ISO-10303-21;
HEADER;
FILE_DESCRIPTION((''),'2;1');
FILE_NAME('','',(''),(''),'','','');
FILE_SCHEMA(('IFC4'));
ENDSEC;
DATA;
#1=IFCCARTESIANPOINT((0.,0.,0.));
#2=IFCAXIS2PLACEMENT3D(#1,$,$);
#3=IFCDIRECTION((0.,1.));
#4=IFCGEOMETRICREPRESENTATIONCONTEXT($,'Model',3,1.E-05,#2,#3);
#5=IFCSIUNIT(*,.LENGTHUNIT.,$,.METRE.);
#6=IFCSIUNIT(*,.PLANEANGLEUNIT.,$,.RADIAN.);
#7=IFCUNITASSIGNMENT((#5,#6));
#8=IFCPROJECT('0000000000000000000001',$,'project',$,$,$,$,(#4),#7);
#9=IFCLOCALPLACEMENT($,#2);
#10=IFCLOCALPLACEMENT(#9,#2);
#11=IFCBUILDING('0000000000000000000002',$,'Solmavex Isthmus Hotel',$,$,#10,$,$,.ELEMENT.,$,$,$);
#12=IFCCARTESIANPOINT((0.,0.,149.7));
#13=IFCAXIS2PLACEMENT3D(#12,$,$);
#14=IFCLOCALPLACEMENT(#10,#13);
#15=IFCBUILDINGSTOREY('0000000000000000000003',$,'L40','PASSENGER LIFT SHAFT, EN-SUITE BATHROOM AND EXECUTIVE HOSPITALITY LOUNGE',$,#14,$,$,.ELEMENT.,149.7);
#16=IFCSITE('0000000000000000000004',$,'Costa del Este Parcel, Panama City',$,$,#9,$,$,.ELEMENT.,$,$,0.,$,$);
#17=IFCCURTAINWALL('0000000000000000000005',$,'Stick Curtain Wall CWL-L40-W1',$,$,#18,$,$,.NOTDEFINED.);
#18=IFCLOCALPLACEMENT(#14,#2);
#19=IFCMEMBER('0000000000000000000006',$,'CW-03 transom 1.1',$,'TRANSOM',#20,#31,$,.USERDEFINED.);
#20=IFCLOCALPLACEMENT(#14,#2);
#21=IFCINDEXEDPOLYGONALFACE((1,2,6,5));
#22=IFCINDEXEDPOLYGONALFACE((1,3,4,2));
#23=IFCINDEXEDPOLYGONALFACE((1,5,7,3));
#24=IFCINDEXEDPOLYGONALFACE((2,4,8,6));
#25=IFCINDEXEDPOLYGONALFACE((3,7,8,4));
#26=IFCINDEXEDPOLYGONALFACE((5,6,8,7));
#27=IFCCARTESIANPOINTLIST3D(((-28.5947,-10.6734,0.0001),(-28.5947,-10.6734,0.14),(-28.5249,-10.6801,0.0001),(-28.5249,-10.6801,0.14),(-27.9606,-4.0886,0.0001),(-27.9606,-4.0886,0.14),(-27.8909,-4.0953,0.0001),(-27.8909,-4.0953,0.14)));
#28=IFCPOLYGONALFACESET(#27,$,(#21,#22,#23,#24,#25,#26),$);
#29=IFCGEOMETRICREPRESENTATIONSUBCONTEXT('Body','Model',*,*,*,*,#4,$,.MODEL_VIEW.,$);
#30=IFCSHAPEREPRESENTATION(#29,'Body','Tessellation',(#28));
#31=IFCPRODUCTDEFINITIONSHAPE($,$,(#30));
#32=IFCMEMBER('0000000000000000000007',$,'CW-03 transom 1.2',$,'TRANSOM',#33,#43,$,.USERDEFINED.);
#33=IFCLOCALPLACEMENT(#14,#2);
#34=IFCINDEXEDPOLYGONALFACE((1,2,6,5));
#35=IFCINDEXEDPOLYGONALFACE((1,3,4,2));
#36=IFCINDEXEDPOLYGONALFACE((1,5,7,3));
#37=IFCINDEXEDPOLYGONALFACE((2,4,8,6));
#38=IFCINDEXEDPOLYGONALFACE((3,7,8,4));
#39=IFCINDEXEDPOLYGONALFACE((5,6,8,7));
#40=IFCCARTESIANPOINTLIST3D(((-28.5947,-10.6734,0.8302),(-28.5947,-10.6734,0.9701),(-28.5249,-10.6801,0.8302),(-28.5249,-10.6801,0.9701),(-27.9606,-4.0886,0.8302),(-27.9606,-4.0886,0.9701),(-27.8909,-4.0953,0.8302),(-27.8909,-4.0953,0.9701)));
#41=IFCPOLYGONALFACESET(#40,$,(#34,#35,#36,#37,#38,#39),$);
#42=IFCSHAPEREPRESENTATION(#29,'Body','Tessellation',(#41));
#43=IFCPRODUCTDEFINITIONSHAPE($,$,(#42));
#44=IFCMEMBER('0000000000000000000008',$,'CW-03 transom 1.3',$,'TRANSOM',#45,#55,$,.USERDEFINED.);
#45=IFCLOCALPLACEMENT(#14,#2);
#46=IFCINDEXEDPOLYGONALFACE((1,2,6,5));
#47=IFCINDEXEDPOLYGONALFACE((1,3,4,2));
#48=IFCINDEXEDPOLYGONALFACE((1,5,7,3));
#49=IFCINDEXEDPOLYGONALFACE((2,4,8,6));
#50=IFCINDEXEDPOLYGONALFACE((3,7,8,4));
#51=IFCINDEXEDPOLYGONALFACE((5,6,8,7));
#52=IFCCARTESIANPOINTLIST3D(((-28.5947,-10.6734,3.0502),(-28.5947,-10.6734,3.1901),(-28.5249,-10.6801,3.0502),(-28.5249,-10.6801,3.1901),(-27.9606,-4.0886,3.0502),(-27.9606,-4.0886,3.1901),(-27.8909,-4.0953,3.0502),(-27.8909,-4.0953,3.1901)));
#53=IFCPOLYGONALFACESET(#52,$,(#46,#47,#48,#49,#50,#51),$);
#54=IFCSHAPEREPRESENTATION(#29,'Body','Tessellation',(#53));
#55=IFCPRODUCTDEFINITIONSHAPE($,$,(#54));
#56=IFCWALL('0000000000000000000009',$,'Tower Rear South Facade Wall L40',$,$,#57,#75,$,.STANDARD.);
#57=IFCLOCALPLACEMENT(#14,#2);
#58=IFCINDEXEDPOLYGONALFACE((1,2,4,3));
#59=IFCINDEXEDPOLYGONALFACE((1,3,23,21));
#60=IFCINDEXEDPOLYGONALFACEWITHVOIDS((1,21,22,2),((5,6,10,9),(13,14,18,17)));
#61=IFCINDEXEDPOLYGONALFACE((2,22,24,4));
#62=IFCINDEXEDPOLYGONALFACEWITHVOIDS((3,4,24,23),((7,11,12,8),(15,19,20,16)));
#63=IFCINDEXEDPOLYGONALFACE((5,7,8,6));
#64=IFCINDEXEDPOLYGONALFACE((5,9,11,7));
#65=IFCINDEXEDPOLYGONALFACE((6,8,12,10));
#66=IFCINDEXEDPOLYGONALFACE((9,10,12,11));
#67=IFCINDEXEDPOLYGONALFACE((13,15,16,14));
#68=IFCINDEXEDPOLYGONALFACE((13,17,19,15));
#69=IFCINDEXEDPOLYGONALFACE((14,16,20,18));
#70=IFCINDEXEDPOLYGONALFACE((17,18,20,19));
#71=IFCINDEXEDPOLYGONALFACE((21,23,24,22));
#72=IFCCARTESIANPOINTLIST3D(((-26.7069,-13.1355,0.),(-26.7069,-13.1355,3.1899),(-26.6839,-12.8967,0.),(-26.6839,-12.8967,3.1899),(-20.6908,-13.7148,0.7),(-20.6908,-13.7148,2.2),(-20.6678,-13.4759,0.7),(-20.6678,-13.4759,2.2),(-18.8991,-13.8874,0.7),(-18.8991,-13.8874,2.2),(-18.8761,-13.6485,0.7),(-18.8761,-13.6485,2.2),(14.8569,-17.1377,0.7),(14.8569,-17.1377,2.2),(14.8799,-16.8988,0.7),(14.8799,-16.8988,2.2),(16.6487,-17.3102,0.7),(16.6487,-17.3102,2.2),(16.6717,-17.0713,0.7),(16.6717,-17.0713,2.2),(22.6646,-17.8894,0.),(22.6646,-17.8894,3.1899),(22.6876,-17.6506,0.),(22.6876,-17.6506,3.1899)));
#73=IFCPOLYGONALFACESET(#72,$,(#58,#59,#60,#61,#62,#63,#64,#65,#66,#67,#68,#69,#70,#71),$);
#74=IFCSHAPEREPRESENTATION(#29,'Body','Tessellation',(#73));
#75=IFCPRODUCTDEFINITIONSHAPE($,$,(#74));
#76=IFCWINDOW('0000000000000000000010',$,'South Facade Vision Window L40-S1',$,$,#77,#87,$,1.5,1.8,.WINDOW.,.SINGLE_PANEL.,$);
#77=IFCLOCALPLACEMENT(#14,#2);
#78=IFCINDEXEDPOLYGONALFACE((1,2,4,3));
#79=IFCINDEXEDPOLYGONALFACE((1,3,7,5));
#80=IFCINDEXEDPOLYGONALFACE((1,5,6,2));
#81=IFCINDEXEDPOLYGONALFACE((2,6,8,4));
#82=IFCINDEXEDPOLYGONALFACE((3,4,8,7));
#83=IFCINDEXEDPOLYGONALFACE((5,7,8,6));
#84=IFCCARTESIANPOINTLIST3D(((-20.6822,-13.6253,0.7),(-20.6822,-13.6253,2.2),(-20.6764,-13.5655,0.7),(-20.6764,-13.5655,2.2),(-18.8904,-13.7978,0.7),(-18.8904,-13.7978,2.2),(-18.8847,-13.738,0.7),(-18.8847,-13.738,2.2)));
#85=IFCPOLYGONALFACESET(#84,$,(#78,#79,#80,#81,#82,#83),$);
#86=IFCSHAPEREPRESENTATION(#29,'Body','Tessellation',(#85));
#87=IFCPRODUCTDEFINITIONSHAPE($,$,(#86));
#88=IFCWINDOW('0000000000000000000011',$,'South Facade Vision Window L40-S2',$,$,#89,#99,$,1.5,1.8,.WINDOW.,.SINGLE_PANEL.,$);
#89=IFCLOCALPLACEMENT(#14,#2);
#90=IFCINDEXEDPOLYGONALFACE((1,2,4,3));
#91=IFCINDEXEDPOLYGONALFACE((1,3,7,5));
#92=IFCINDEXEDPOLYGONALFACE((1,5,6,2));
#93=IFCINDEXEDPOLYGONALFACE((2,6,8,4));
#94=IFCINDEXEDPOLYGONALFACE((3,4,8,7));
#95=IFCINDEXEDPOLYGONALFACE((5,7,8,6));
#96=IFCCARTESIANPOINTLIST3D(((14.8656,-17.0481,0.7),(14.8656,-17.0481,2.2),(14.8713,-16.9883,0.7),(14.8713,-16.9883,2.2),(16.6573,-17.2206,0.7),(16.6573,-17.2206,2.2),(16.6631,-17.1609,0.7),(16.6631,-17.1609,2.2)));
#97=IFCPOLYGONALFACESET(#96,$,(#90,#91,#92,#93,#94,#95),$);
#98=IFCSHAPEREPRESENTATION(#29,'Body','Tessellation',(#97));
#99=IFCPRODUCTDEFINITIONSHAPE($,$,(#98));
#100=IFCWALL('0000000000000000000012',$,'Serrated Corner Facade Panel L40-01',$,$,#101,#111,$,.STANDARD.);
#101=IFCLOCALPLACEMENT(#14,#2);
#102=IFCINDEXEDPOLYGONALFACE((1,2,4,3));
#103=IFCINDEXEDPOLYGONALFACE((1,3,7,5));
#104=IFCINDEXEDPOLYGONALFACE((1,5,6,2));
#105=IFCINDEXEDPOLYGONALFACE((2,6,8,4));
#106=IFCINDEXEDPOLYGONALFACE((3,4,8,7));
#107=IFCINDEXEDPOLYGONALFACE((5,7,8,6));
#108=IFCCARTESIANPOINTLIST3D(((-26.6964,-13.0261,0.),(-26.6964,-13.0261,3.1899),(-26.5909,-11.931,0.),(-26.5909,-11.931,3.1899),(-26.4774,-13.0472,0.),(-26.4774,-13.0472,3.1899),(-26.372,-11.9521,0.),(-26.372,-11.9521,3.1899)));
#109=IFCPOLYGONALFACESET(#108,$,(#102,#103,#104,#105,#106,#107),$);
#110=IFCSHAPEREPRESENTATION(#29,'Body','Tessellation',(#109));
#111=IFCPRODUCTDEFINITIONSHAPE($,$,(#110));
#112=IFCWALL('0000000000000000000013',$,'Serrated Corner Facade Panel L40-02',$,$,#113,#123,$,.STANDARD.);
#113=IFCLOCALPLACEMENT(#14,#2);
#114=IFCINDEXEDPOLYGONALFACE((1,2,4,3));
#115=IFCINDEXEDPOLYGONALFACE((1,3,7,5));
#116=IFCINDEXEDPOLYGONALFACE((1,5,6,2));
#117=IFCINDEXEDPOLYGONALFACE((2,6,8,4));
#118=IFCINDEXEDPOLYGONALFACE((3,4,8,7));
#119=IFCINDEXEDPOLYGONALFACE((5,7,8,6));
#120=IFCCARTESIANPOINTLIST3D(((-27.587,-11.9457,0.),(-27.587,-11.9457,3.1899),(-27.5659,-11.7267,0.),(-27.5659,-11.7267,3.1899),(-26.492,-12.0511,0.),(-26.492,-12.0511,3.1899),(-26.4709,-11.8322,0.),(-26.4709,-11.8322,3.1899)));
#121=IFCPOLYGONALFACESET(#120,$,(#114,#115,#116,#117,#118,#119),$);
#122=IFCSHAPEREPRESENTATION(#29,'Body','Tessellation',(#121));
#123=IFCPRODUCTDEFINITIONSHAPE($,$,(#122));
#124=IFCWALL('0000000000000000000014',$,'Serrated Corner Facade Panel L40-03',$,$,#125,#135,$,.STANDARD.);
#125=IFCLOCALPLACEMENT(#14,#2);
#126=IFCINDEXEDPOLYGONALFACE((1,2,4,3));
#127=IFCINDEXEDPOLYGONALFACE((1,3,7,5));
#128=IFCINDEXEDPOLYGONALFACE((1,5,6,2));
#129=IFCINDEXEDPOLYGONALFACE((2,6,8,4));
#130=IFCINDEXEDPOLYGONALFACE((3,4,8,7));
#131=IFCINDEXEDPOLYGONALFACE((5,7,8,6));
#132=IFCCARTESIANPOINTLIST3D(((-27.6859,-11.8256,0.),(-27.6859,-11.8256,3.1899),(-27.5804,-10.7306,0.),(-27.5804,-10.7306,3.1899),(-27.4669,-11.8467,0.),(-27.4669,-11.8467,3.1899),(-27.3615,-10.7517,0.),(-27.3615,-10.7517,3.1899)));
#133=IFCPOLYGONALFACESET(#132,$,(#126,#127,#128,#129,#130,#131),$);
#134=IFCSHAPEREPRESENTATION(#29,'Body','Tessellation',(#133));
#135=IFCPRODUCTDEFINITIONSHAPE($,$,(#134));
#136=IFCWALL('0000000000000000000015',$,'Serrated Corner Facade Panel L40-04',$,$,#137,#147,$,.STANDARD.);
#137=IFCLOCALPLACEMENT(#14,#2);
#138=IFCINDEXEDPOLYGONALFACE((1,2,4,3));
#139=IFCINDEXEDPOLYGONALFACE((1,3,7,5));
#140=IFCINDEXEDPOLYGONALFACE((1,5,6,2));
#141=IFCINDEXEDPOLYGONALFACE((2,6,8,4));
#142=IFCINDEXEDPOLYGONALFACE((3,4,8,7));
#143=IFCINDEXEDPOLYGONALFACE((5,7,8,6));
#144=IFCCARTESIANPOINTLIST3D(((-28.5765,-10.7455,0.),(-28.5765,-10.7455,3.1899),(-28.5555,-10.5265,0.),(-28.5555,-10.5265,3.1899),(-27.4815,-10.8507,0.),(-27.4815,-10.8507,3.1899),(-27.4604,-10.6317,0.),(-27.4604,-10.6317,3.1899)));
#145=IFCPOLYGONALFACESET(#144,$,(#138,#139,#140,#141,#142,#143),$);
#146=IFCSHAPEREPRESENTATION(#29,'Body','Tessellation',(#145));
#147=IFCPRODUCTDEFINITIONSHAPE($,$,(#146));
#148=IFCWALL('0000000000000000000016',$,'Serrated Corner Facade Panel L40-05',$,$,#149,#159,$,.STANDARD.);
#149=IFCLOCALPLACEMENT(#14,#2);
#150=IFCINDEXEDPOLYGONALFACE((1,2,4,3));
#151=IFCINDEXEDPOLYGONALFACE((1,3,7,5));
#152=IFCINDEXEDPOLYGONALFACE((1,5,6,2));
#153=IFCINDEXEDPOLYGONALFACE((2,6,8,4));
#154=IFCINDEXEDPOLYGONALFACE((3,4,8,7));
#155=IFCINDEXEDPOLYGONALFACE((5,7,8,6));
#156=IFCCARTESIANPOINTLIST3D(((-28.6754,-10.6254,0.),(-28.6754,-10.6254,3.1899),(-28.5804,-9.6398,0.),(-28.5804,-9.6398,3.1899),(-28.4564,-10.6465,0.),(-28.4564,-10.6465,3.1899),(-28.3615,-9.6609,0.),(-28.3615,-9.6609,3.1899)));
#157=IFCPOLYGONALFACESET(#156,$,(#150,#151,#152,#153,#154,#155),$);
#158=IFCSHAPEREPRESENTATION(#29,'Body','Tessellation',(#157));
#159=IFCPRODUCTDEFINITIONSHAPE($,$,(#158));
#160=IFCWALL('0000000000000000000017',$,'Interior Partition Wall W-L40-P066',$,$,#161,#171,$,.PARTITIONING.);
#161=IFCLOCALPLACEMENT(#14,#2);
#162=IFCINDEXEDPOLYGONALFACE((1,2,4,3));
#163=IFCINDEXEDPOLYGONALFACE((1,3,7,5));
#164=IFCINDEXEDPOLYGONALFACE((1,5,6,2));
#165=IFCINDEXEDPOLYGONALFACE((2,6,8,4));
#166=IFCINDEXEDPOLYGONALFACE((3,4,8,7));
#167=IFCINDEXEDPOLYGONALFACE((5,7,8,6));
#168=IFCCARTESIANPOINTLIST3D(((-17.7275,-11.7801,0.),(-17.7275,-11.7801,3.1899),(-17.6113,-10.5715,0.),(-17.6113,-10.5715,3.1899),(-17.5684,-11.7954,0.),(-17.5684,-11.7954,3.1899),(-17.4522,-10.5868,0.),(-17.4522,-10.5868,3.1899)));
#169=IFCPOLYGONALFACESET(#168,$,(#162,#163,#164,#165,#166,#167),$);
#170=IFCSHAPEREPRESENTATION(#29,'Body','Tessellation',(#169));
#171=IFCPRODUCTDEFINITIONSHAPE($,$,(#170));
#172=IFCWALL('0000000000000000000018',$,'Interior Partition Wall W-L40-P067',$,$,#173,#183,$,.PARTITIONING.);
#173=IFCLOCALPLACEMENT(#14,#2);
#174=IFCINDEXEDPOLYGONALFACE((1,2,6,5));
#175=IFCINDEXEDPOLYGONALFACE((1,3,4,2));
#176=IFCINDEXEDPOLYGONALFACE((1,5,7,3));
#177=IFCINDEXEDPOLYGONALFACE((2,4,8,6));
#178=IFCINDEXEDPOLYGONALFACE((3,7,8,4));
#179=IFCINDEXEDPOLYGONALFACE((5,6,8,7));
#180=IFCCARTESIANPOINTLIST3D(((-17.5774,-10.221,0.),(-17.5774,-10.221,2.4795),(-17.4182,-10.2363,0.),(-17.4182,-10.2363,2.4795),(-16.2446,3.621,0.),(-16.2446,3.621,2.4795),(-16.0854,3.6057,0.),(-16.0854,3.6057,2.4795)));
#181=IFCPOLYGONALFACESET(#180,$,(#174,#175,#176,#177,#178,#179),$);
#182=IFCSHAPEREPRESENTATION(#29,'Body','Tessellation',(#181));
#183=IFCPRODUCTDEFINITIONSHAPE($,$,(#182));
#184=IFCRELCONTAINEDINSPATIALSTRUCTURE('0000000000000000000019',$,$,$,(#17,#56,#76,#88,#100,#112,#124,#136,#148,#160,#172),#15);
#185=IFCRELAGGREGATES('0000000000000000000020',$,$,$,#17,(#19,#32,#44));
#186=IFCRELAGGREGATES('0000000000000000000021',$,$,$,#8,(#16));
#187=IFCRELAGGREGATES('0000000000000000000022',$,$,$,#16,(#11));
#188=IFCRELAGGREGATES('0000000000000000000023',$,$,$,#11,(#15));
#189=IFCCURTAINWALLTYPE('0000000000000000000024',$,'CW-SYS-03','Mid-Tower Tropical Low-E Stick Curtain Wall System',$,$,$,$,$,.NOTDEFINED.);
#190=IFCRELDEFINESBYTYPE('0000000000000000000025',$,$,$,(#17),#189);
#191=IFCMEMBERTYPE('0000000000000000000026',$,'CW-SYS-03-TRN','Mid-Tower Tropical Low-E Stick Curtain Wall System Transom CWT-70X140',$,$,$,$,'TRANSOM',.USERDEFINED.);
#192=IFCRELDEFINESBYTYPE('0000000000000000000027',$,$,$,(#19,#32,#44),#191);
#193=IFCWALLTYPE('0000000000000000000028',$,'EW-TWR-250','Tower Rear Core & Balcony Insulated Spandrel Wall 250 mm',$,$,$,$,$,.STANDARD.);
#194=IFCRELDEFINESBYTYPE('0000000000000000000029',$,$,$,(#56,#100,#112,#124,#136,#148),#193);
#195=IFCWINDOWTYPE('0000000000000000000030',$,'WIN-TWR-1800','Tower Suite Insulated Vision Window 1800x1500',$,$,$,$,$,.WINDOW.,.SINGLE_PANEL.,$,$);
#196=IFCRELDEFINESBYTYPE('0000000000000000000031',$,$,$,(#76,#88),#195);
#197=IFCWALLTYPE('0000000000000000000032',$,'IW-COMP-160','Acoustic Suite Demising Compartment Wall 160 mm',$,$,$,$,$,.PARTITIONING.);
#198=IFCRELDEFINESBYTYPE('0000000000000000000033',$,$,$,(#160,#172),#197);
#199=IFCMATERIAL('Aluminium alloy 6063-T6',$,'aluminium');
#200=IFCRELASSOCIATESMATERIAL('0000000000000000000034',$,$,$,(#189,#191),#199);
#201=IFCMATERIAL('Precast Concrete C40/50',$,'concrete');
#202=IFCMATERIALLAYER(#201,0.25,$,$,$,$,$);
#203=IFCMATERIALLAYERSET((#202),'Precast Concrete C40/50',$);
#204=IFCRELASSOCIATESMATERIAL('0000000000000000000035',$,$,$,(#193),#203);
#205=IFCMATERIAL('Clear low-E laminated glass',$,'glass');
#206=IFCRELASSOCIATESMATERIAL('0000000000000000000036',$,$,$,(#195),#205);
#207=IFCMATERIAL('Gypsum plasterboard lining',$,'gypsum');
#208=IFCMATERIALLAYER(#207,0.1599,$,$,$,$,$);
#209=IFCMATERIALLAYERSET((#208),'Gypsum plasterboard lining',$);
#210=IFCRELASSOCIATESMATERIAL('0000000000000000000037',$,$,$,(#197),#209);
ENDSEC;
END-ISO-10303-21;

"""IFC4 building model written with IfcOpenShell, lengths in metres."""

from ifc_helpers import new_model, si_unit, direction, frame, frame_2d, origin, origin_2d, place, context, subcontext, project, spatial, rectangle, extrude, material, layer, layer_set, material_profile, profile_set, type_object, element, fill, aggregate, save


model = new_model("IFC4")

# Units and contexts
model_context = context("Model", 3, precision=1e-05, world=origin(), true_north=direction((0.0, 1.0)))
body_context = subcontext(model_context, "Body", "Model", "MODEL_VIEW")
ifc_project = project(units=[si_unit("LENGTHUNIT", "METRE"), si_unit("PLANEANGLEUNIT", "RADIAN")], contexts=[model_context])

# Site, building, storey
site_placement = place(None, origin())
site = spatial("IfcSite", under=ifc_project, at=site_placement, Name="Costa del Este Parcel, Panama City", CompositionType="ELEMENT", RefElevation=0.0)
building_placement = place(site_placement, origin())
building = spatial("IfcBuilding", under=site, at=building_placement, Name="Solmavex Isthmus Hotel", CompositionType="ELEMENT")
storey_placement = place(building_placement, frame((0.0, 0.0, 149.7)))
storey = spatial("IfcBuildingStorey", under=building, at=storey_placement, Name="L40", Description="PASSENGER LIFT SHAFT, EN-SUITE BATHROOM AND EXECUTIVE HOSPITALITY LOUNGE", CompositionType="ELEMENT", Elevation=149.7)

# Curtain wall, members
ifc_material_1 = material(Name="Aluminium alloy 6063-T6", Category="aluminium")
curtain_wall_type = type_object("IfcCurtainWallType", Name="CW-SYS-03", Description="Mid-Tower Tropical Low-E Stick Curtain Wall System", PredefinedType="NOTDEFINED", material=ifc_material_1)
curtain_wall_placement = place(storey_placement, origin())
curtain_wall = element("IfcCurtainWall", 1, at=curtain_wall_placement, inside=storey, type_object=curtain_wall_type, Name="Stick Curtain Wall CWL-L40-W1", PredefinedType="NOTDEFINED")
ifc_material_profile_1 = material_profile(ifc_material_1, rectangle(XDim=0.0701, YDim=0.1399, at=origin_2d()), Name="CWT-70X140")
ifc_profile_set_1 = profile_set([ifc_material_profile_1], Name="Aluminium alloy 6063-T6")
member_type_1 = type_object("IfcMemberType", Name="CW-SYS-03-TRN", Description="Mid-Tower Tropical Low-E Stick Curtain Wall System Transom CWT-70X140", ElementType="TRANSOM", PredefinedType="USERDEFINED", material=ifc_profile_set_1)
member_1_placement = place(storey_placement, frame((-28.5598, -10.6768, 0.0701), z_axis=(0.095845, 0.995396, 0.0), x_axis=(-0.995396, 0.095845, 0.0)))
member_1 = element("IfcMember", 2, at=member_1_placement, type_object=member_type_1, Name="CW-03 transom 1.1", ObjectType="TRANSOM", PredefinedType="USERDEFINED", context=body_context, shape_type="SweptSolid", body=[
    extrude(rectangle(XDim=0.0701, YDim=0.1399, at=origin_2d()), origin(), (0.0, 0.0, 1.0), 6.6152),
])
member_2_placement = place(storey_placement, frame((-28.5598, -10.6768, 0.9001), z_axis=(0.095845, 0.995396, 0.0), x_axis=(-0.995396, 0.095845, 0.0)))
member_2 = element("IfcMember", 3, at=member_2_placement, type_object=member_type_1, Name="CW-03 transom 1.2", ObjectType="TRANSOM", PredefinedType="USERDEFINED", context=body_context, shape_type="SweptSolid", body=[
    extrude(rectangle(XDim=0.0701, YDim=0.1399, at=origin_2d()), origin(), (0.0, 0.0, 1.0), 6.6152),
])
member_3_placement = place(storey_placement, frame((-28.5598, -10.6768, 3.1201), z_axis=(0.095845, 0.995396, 0.0), x_axis=(-0.995396, 0.095845, 0.0)))
member_3 = element("IfcMember", 4, at=member_3_placement, type_object=member_type_1, Name="CW-03 transom 1.3", ObjectType="TRANSOM", PredefinedType="USERDEFINED", context=body_context, shape_type="SweptSolid", body=[
    extrude(rectangle(XDim=0.0701, YDim=0.1399, at=origin_2d()), origin(), (0.0, 0.0, 1.0), 6.6152),
])
aggregate(curtain_wall, [member_1, member_2, member_3])

# Wall, openings, windows
ifc_material_2 = material(Name="Precast Concrete C40/50", Category="concrete")
ifc_layer_1 = layer(ifc_material_2, 0.25)
ifc_layer_set_1 = layer_set([ifc_layer_1], Name="Precast Concrete C40/50")
wall_type_1 = type_object("IfcWallType", Name="EW-TWR-250", Description="Tower Rear Core & Balcony Insulated Spandrel Wall 250 mm", PredefinedType="STANDARD", material=ifc_layer_set_1)
wall_1_placement = place(storey_placement, frame((-26.6953, -13.0161, 0.0), z_axis=(0.0, 0.0, 1.0), x_axis=(0.995396, -0.095845, 0.0)))
wall_1 = element("IfcWall", 5, at=wall_1_placement, inside=storey, type_object=wall_type_1, Name="Tower Rear South Facade Wall L40", PredefinedType="STANDARD", context=body_context, shape_type="SweptSolid", body=[
    extrude(rectangle(XDim=49.5999, YDim=0.24, at=frame_2d((24.7998, 0.0))), origin(), (0.0, 0.0, 1.0), 3.1899),
])
opening_1_placement = place(wall_1_placement, frame((6.0439, 0.0, 0.7)))
opening_1 = element("IfcOpeningElement", 6, at=opening_1_placement, cuts=wall_1, PredefinedType="OPENING", context=body_context, shape_type="SweptSolid", body=[
    extrude(rectangle(XDim=1.8, YDim=1.5, at=frame_2d((0.8999, 0.75))), frame((0.0, 0.1299, 0.0), z_axis=(0.0, -1.0, 0.0), x_axis=(1.0, 0.0, 0.0)), (0.0, 0.0, 1.0), 0.26),
])
opening_2_placement = place(wall_1_placement, frame((41.7561, 0.0, 0.7)))
opening_2 = element("IfcOpeningElement", 7, at=opening_2_placement, cuts=wall_1, PredefinedType="OPENING", context=body_context, shape_type="SweptSolid", body=[
    extrude(rectangle(XDim=1.8, YDim=1.5, at=frame_2d((0.8999, 0.75))), frame((0.0, 0.1299, 0.0), z_axis=(0.0, -1.0, 0.0), x_axis=(1.0, 0.0, 0.0)), (0.0, 0.0, 1.0), 0.26),
])
ifc_material_3 = material(Name="Clear low-E laminated glass", Category="glass")
window_type = type_object("IfcWindowType", Name="WIN-TWR-1800", Description="Tower Suite Insulated Vision Window 1800x1500", PartitioningType="SINGLE_PANEL", PredefinedType="WINDOW", material=ifc_material_3)
window_1_placement = place(opening_1_placement, origin())
window_1 = element("IfcWindow", 8, at=window_1_placement, inside=storey, type_object=window_type, Name="South Facade Vision Window L40-S1", OverallHeight=1.5, OverallWidth=1.8, PartitioningType="SINGLE_PANEL", PredefinedType="WINDOW", context=body_context, shape_type="SweptSolid", body=[
    extrude(rectangle(XDim=1.8, YDim=1.5, at=frame_2d((0.8999, 0.75))), frame((0.0, 0.03, 0.0), z_axis=(0.0, -1.0, 0.0), x_axis=(1.0, 0.0, 0.0)), (0.0, 0.0, 1.0), 0.0601),
])
fill(opening_1, window_1)
window_2_placement = place(opening_2_placement, origin())
window_2 = element("IfcWindow", 9, at=window_2_placement, inside=storey, type_object=window_type, Name="South Facade Vision Window L40-S2", OverallHeight=1.5, OverallWidth=1.8, PartitioningType="SINGLE_PANEL", PredefinedType="WINDOW", context=body_context, shape_type="SweptSolid", body=[
    extrude(rectangle(XDim=1.8, YDim=1.5, at=frame_2d((0.8999, 0.75))), frame((0.0, 0.03, 0.0), z_axis=(0.0, -1.0, 0.0), x_axis=(1.0, 0.0, 0.0)), (0.0, 0.0, 1.0), 0.0601),
])
fill(opening_2, window_2)

# Walls
for number, where, z_axis, x_axis, name in (
    (10, (-26.5869, -13.0366, 0.0), (0.0, 0.0, 1.0), (0.095877, 0.995393, 0.0), "Serrated Corner Facade Panel L40-01"),
    (11, (-26.4814, -11.9417, 0.0), (0.0, 0.0, 1.0), (-0.995393, 0.095877, 0.0), "Serrated Corner Facade Panel L40-02"),
    (12, (-27.5764, -11.8362, 0.0), (0.0, 0.0, 1.0), (0.095877, 0.995393, 0.0), "Serrated Corner Facade Panel L40-03"),
    (13, (-27.4709, -10.7412, 0.0), (0.0, 0.0, 1.0), (-0.995414, 0.095657, 0.0), "Serrated Corner Facade Panel L40-04"),
):
    element("IfcWall", number, at=place(storey_placement, frame(where, z_axis=z_axis, x_axis=x_axis)), inside=storey, type_object=wall_type_1, Name=name, PredefinedType="STANDARD", context=body_context, shape_type="SweptSolid", body=[
        extrude(rectangle(XDim=1.1001, YDim=0.22, at=frame_2d((0.55, 0.0))), origin(), (0.0, 0.0, 1.0), 3.1899),
    ])
wall_2_placement = place(storey_placement, frame((-28.5659, -10.636, 0.0), z_axis=(0.0, 0.0, 1.0), x_axis=(0.095914, 0.99539, 0.0)))
element("IfcWall", 14, at=wall_2_placement, inside=storey, type_object=wall_type_1, Name="Serrated Corner Facade Panel L40-05", PredefinedType="STANDARD", context=body_context, shape_type="SweptSolid", body=[
    extrude(rectangle(XDim=0.9902, YDim=0.22, at=frame_2d((0.4951, 0.0))), origin(), (0.0, 0.0, 1.0), 3.1899),
])
ifc_material_4 = material(Name="Gypsum plasterboard lining", Category="gypsum")
ifc_layer_2 = layer(ifc_material_4, 0.1599)
ifc_layer_set_2 = layer_set([ifc_layer_2], Name="Gypsum plasterboard lining")
wall_type_2 = type_object("IfcWallType", Name="IW-COMP-160", Description="Acoustic Suite Demising Compartment Wall 160 mm", PredefinedType="PARTITIONING", material=ifc_layer_set_2)
wall_3_placement = place(storey_placement, frame((-17.6479, -11.7876, 0.0), z_axis=(0.0, 0.0, 1.0), x_axis=(0.09572, 0.995408, 0.0)))
element("IfcWall", 15, at=wall_3_placement, inside=storey, type_object=wall_type_2, Name="Interior Partition Wall W-L40-P066", PredefinedType="PARTITIONING", context=body_context, shape_type="SweptSolid", body=[
    extrude(rectangle(XDim=1.2141, YDim=0.1599, at=frame_2d((0.6069, 0.0))), origin(), (0.0, 0.0, 1.0), 3.1899),
])
wall_4_placement = place(storey_placement, frame((-17.4978, -10.2288, 0.0), z_axis=(0.0, 0.0, 1.0), x_axis=(0.095841, 0.995397, 0.0)))
element("IfcWall", 16, at=wall_4_placement, inside=storey, type_object=wall_type_2, Name="Interior Partition Wall W-L40-P067", PredefinedType="PARTITIONING", context=body_context, shape_type="SweptSolid", body=[
    extrude(rectangle(XDim=13.906, YDim=0.1599, at=frame_2d((6.9531, 0.0))), origin(), (0.0, 0.0, 1.0), 2.4795),
])

save(model, "model.ifc")
